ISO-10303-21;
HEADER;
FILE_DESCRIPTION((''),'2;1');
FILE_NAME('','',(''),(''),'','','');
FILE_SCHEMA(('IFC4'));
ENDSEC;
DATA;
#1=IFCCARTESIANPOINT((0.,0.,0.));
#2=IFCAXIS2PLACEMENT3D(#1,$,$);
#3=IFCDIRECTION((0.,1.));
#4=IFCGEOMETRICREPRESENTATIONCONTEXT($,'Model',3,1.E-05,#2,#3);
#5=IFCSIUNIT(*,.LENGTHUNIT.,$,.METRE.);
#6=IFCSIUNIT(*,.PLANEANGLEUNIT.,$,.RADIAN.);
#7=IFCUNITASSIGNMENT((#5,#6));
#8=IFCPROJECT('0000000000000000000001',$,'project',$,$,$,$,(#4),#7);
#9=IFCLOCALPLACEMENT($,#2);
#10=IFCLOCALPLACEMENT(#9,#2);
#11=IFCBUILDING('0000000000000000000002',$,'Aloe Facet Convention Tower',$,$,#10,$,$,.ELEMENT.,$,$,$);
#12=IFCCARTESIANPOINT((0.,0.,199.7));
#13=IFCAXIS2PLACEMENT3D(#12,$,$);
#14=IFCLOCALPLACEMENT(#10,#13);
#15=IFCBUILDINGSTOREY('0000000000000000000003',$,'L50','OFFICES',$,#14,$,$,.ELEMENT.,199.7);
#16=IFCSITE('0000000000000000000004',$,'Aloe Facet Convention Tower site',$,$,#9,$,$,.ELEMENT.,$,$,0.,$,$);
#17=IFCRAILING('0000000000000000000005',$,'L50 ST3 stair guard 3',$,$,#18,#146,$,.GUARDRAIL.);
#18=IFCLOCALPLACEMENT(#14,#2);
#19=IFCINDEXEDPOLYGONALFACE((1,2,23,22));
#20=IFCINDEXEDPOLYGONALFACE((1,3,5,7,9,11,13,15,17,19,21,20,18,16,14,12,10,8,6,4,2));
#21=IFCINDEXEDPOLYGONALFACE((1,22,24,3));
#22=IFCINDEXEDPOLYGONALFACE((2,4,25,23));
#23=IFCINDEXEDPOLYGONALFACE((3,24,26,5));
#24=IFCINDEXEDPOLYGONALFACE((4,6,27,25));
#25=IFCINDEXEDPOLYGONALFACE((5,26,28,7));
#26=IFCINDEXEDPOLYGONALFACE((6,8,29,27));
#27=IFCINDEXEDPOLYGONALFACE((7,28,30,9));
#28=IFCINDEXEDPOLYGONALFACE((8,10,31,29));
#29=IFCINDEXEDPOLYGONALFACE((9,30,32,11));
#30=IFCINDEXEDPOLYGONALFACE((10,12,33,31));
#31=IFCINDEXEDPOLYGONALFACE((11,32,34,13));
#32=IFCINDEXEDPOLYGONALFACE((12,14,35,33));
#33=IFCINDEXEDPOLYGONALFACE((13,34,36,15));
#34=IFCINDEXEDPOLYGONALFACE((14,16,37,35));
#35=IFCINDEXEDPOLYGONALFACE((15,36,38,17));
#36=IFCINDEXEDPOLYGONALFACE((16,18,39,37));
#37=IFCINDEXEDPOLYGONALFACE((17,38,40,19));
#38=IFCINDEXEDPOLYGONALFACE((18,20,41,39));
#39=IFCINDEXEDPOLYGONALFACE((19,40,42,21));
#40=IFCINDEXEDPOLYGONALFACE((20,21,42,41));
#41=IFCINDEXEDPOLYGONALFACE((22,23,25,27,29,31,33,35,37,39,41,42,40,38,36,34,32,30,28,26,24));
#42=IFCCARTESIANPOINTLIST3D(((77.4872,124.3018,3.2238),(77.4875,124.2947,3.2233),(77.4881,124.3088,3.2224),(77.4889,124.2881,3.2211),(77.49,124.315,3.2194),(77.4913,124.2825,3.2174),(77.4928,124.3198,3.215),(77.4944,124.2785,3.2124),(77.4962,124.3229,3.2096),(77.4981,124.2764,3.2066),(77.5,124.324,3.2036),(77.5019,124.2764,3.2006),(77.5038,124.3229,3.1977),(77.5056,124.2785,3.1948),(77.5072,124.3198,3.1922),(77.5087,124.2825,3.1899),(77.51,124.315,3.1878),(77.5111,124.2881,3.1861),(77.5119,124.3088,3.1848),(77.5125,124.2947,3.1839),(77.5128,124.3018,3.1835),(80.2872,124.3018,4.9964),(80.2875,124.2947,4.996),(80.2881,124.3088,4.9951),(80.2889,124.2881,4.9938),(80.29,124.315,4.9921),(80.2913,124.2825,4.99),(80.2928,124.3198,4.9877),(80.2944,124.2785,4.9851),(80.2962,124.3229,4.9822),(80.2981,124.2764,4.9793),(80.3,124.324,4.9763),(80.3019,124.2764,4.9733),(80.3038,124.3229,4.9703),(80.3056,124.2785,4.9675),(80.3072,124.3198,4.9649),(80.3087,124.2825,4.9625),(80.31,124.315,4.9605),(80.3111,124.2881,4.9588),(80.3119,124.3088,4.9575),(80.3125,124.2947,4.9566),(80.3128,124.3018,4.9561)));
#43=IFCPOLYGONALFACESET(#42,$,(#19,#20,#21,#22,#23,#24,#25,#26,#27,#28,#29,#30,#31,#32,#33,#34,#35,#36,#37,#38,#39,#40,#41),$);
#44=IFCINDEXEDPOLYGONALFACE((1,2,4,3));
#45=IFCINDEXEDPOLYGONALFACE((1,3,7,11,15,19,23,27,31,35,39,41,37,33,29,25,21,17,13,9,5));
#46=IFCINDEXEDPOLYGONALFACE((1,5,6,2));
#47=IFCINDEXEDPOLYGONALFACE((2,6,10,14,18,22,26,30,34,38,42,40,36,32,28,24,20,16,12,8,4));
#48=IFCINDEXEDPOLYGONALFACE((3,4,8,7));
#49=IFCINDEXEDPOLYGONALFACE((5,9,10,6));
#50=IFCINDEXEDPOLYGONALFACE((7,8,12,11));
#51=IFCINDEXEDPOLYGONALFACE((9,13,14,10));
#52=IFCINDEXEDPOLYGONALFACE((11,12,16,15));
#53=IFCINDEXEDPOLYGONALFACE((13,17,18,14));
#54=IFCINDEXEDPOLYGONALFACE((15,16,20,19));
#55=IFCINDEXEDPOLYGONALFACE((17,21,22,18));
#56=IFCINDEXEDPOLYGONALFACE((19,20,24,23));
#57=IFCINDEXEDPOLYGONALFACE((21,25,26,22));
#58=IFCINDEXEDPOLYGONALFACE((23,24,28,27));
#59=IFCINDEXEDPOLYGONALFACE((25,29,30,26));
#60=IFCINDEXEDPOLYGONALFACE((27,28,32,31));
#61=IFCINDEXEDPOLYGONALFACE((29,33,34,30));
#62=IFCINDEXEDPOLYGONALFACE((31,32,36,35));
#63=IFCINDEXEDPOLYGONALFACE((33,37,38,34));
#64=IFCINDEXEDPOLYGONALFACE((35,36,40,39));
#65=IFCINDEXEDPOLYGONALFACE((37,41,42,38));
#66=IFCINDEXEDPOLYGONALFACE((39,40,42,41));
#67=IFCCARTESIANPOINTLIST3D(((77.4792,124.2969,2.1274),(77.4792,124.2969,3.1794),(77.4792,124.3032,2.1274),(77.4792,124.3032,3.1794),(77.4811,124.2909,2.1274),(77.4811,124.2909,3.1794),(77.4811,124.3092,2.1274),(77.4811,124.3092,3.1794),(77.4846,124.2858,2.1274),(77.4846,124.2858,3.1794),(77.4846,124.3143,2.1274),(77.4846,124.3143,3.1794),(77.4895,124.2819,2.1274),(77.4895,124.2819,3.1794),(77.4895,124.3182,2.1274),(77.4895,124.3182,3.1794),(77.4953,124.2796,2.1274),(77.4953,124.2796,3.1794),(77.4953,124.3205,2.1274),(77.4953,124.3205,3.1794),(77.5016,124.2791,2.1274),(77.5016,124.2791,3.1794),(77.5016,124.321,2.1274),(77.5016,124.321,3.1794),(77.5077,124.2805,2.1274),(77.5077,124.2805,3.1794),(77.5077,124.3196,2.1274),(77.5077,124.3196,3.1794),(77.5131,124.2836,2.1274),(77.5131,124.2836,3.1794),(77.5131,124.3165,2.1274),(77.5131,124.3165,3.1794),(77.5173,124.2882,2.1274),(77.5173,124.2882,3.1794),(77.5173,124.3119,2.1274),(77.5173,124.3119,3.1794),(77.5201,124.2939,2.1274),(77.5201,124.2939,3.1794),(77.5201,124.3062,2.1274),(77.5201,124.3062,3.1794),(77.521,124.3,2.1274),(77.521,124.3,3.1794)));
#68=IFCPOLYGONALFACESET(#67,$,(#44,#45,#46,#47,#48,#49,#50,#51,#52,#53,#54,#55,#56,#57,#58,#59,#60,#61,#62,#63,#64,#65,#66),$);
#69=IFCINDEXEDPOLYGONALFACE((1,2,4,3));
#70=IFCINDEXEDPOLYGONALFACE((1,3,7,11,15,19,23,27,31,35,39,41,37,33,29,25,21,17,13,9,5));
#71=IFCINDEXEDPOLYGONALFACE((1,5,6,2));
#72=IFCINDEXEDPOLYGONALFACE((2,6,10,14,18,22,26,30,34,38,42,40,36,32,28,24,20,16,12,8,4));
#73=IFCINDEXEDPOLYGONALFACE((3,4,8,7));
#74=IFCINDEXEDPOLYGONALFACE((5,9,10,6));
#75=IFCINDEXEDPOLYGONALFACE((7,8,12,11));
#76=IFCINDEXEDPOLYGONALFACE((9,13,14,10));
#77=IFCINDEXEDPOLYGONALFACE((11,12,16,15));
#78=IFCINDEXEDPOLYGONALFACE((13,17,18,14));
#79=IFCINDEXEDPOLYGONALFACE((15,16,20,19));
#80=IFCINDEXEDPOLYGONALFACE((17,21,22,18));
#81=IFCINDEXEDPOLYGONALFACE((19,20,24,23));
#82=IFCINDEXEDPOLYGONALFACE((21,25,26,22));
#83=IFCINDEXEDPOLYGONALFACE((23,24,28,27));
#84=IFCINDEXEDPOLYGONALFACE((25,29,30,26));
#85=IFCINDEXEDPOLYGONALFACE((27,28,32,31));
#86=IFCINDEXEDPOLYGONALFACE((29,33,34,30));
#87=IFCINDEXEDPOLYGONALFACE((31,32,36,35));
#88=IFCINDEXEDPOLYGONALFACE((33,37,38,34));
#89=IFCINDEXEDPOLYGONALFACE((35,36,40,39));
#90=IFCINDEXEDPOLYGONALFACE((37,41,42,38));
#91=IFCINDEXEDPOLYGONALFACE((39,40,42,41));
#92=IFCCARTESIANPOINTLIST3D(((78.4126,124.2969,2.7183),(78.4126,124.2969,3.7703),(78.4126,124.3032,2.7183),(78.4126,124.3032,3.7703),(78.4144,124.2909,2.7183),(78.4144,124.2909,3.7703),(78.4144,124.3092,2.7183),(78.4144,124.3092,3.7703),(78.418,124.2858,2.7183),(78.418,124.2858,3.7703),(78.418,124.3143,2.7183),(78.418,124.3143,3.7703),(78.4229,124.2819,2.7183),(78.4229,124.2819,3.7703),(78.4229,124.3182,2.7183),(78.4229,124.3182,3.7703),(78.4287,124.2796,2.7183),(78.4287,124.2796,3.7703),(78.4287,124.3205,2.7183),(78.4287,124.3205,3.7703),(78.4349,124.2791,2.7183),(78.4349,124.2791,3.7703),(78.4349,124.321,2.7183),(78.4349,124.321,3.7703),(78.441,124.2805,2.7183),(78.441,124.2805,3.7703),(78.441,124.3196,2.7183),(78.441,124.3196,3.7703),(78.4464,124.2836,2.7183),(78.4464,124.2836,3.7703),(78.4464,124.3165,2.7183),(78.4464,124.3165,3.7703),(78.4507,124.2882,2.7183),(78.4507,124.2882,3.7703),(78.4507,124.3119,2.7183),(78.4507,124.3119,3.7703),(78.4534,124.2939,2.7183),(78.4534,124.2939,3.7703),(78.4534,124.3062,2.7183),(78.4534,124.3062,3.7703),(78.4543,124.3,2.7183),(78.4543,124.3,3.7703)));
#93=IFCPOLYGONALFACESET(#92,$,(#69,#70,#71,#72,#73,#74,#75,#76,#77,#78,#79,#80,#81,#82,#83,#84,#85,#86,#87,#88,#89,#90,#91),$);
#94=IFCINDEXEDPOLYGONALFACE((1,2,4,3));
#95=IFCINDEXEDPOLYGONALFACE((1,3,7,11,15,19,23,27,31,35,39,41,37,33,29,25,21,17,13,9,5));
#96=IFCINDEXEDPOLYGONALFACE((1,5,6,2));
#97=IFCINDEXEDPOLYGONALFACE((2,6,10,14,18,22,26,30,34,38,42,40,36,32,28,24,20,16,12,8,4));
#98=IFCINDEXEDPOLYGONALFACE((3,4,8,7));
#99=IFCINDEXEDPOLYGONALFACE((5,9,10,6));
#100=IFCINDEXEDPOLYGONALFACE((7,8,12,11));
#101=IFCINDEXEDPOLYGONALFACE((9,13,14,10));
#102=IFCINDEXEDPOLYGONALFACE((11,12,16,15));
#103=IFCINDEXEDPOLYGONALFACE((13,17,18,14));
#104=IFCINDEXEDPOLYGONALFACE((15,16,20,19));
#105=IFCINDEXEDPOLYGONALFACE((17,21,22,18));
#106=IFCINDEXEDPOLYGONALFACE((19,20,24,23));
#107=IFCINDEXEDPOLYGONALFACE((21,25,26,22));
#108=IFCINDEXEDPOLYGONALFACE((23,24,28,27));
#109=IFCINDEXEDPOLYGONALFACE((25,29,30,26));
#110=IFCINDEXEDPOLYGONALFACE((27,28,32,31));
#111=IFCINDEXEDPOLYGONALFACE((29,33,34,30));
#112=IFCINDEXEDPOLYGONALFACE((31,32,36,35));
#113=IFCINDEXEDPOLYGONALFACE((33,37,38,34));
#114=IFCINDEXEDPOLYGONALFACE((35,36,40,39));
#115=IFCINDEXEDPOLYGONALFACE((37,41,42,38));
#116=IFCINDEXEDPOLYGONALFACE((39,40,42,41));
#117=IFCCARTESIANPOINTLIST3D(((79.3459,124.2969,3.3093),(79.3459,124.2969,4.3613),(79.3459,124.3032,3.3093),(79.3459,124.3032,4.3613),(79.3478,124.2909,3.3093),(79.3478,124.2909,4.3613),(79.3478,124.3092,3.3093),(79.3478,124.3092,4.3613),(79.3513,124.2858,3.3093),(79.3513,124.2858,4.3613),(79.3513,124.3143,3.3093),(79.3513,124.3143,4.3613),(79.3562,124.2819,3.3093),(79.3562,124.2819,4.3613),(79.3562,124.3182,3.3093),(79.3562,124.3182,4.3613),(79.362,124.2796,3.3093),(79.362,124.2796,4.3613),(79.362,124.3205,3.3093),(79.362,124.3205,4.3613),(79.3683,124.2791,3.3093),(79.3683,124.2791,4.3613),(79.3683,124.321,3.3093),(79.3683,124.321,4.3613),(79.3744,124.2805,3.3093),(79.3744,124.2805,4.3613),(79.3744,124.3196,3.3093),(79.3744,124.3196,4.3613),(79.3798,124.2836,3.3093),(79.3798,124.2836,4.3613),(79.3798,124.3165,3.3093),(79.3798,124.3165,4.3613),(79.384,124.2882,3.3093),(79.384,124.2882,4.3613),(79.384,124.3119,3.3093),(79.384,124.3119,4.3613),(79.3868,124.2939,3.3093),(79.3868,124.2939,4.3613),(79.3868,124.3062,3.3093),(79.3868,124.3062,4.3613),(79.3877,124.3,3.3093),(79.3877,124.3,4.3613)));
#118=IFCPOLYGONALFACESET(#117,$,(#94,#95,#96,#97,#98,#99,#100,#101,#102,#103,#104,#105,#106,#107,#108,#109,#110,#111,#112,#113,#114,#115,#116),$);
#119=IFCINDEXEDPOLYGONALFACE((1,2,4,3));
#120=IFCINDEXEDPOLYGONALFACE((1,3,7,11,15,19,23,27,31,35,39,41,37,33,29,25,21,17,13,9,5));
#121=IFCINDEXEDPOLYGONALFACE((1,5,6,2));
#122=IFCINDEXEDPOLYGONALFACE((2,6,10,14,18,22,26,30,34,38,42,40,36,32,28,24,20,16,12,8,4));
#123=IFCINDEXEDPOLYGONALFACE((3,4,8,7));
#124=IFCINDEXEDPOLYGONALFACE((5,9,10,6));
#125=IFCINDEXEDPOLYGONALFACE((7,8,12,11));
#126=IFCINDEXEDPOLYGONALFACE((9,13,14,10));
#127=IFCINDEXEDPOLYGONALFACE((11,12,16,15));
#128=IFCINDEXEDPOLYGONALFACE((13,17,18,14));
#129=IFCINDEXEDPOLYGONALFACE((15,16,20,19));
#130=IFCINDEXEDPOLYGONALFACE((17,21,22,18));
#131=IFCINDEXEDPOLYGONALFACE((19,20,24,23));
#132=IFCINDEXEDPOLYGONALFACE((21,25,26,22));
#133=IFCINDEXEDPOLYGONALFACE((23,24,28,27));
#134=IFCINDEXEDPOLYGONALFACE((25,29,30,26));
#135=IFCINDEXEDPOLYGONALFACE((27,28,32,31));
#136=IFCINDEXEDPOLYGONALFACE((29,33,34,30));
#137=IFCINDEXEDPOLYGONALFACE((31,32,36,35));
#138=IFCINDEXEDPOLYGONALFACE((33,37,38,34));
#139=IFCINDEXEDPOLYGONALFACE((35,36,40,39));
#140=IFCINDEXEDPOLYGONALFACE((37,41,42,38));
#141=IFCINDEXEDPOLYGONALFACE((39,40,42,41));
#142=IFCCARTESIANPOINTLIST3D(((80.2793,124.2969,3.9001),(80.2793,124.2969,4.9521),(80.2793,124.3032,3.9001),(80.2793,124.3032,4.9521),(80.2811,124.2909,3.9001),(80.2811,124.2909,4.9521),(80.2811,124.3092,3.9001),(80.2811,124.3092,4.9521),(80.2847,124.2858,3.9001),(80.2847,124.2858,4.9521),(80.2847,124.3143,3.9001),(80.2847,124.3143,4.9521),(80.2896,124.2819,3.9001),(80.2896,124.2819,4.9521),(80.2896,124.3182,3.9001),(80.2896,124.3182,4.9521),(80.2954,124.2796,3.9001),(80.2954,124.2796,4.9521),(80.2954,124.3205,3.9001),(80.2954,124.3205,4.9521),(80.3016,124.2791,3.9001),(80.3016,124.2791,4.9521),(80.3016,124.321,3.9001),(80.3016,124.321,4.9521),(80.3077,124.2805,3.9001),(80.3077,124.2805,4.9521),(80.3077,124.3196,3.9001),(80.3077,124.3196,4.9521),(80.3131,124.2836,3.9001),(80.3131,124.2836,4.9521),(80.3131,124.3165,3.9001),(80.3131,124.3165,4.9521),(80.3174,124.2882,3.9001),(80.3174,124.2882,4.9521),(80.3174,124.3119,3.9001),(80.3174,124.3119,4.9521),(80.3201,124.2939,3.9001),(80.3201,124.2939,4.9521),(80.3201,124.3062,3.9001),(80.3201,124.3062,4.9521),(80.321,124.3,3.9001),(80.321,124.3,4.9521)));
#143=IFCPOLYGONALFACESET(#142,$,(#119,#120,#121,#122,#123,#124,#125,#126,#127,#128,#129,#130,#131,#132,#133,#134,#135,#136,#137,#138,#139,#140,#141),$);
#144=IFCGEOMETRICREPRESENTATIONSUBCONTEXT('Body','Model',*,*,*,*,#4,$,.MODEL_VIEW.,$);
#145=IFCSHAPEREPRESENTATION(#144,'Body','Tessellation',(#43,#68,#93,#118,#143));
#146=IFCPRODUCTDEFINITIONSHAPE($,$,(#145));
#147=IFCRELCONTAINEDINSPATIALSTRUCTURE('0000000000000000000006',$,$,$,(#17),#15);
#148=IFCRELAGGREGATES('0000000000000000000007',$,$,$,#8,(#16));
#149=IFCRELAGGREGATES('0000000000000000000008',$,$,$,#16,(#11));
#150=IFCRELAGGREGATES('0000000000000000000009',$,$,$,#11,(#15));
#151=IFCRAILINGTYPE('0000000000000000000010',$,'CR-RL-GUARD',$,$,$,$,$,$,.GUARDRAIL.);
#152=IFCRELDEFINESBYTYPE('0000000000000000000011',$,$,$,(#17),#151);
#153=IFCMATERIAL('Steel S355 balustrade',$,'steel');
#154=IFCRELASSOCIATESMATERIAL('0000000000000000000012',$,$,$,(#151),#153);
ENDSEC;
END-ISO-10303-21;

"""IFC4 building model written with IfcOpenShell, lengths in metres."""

from ifc_helpers import new_model, si_unit, direction, frame, origin, origin_2d, place, context, subcontext, project, spatial, circle, extrude, material, type_object, element, save


model = new_model("IFC4")

# Units and contexts
model_context = context("Model", 3, precision=1e-05, world=origin(), true_north=direction((0.0, 1.0)))
body_context = subcontext(model_context, "Body", "Model", "MODEL_VIEW")
ifc_project = project(units=[si_unit("LENGTHUNIT", "METRE"), si_unit("PLANEANGLEUNIT", "RADIAN")], contexts=[model_context])

# Site, building, storey
site_placement = place(None, origin())
site = spatial("IfcSite", under=ifc_project, at=site_placement, Name="Aloe Facet Convention Tower site", CompositionType="ELEMENT", RefElevation=0.0)
building_placement = place(site_placement, origin())
building = spatial("IfcBuilding", under=site, at=building_placement, Name="Aloe Facet Convention Tower", CompositionType="ELEMENT")
storey_placement = place(building_placement, frame((0.0, 0.0, 199.7)))
storey = spatial("IfcBuildingStorey", under=building, at=storey_placement, Name="L50", Description="OFFICES", CompositionType="ELEMENT", Elevation=199.7)

# Railing
ifc_material_1 = material(Name="Steel S355 balustrade", Category="steel")
railing_type_1 = type_object("IfcRailingType", Name="CR-RL-GUARD", PredefinedType="GUARDRAIL", material=ifc_material_1)
railing_1_placement = place(storey_placement, frame((77.5, 124.3, 2.1274)))
element("IfcRailing", 1, at=railing_1_placement, inside=storey, type_object=railing_type_1, Name="L50 ST3 stair guard 3", PredefinedType="GUARDRAIL", context=body_context, shape_type="SweptSolid", body=[
    extrude(circle(Radius=0.0239, at=origin_2d()), frame((0.0, 0.0, 1.0762), z_axis=(0.844909, 0.0, 0.53491), x_axis=(0.0, 1.0, 0.0)), (0.0, 0.0, 1.0), 3.314),
    extrude(circle(Radius=0.021, at=origin_2d()), origin(), (0.0, 0.0, 1.0), 1.052),
    extrude(circle(Radius=0.021, at=origin_2d()), frame((0.9333, 0.0, 0.5908)), (0.0, 0.0, 1.0), 1.052),
    extrude(circle(Radius=0.021, at=origin_2d()), frame((1.8667, 0.0, 1.1819)), (0.0, 0.0, 1.0), 1.052),
    extrude(circle(Radius=0.021, at=origin_2d()), frame((2.8, 0.0, 1.7727)), (0.0, 0.0, 1.0), 1.052),
])

save(model, "model.ifc")
